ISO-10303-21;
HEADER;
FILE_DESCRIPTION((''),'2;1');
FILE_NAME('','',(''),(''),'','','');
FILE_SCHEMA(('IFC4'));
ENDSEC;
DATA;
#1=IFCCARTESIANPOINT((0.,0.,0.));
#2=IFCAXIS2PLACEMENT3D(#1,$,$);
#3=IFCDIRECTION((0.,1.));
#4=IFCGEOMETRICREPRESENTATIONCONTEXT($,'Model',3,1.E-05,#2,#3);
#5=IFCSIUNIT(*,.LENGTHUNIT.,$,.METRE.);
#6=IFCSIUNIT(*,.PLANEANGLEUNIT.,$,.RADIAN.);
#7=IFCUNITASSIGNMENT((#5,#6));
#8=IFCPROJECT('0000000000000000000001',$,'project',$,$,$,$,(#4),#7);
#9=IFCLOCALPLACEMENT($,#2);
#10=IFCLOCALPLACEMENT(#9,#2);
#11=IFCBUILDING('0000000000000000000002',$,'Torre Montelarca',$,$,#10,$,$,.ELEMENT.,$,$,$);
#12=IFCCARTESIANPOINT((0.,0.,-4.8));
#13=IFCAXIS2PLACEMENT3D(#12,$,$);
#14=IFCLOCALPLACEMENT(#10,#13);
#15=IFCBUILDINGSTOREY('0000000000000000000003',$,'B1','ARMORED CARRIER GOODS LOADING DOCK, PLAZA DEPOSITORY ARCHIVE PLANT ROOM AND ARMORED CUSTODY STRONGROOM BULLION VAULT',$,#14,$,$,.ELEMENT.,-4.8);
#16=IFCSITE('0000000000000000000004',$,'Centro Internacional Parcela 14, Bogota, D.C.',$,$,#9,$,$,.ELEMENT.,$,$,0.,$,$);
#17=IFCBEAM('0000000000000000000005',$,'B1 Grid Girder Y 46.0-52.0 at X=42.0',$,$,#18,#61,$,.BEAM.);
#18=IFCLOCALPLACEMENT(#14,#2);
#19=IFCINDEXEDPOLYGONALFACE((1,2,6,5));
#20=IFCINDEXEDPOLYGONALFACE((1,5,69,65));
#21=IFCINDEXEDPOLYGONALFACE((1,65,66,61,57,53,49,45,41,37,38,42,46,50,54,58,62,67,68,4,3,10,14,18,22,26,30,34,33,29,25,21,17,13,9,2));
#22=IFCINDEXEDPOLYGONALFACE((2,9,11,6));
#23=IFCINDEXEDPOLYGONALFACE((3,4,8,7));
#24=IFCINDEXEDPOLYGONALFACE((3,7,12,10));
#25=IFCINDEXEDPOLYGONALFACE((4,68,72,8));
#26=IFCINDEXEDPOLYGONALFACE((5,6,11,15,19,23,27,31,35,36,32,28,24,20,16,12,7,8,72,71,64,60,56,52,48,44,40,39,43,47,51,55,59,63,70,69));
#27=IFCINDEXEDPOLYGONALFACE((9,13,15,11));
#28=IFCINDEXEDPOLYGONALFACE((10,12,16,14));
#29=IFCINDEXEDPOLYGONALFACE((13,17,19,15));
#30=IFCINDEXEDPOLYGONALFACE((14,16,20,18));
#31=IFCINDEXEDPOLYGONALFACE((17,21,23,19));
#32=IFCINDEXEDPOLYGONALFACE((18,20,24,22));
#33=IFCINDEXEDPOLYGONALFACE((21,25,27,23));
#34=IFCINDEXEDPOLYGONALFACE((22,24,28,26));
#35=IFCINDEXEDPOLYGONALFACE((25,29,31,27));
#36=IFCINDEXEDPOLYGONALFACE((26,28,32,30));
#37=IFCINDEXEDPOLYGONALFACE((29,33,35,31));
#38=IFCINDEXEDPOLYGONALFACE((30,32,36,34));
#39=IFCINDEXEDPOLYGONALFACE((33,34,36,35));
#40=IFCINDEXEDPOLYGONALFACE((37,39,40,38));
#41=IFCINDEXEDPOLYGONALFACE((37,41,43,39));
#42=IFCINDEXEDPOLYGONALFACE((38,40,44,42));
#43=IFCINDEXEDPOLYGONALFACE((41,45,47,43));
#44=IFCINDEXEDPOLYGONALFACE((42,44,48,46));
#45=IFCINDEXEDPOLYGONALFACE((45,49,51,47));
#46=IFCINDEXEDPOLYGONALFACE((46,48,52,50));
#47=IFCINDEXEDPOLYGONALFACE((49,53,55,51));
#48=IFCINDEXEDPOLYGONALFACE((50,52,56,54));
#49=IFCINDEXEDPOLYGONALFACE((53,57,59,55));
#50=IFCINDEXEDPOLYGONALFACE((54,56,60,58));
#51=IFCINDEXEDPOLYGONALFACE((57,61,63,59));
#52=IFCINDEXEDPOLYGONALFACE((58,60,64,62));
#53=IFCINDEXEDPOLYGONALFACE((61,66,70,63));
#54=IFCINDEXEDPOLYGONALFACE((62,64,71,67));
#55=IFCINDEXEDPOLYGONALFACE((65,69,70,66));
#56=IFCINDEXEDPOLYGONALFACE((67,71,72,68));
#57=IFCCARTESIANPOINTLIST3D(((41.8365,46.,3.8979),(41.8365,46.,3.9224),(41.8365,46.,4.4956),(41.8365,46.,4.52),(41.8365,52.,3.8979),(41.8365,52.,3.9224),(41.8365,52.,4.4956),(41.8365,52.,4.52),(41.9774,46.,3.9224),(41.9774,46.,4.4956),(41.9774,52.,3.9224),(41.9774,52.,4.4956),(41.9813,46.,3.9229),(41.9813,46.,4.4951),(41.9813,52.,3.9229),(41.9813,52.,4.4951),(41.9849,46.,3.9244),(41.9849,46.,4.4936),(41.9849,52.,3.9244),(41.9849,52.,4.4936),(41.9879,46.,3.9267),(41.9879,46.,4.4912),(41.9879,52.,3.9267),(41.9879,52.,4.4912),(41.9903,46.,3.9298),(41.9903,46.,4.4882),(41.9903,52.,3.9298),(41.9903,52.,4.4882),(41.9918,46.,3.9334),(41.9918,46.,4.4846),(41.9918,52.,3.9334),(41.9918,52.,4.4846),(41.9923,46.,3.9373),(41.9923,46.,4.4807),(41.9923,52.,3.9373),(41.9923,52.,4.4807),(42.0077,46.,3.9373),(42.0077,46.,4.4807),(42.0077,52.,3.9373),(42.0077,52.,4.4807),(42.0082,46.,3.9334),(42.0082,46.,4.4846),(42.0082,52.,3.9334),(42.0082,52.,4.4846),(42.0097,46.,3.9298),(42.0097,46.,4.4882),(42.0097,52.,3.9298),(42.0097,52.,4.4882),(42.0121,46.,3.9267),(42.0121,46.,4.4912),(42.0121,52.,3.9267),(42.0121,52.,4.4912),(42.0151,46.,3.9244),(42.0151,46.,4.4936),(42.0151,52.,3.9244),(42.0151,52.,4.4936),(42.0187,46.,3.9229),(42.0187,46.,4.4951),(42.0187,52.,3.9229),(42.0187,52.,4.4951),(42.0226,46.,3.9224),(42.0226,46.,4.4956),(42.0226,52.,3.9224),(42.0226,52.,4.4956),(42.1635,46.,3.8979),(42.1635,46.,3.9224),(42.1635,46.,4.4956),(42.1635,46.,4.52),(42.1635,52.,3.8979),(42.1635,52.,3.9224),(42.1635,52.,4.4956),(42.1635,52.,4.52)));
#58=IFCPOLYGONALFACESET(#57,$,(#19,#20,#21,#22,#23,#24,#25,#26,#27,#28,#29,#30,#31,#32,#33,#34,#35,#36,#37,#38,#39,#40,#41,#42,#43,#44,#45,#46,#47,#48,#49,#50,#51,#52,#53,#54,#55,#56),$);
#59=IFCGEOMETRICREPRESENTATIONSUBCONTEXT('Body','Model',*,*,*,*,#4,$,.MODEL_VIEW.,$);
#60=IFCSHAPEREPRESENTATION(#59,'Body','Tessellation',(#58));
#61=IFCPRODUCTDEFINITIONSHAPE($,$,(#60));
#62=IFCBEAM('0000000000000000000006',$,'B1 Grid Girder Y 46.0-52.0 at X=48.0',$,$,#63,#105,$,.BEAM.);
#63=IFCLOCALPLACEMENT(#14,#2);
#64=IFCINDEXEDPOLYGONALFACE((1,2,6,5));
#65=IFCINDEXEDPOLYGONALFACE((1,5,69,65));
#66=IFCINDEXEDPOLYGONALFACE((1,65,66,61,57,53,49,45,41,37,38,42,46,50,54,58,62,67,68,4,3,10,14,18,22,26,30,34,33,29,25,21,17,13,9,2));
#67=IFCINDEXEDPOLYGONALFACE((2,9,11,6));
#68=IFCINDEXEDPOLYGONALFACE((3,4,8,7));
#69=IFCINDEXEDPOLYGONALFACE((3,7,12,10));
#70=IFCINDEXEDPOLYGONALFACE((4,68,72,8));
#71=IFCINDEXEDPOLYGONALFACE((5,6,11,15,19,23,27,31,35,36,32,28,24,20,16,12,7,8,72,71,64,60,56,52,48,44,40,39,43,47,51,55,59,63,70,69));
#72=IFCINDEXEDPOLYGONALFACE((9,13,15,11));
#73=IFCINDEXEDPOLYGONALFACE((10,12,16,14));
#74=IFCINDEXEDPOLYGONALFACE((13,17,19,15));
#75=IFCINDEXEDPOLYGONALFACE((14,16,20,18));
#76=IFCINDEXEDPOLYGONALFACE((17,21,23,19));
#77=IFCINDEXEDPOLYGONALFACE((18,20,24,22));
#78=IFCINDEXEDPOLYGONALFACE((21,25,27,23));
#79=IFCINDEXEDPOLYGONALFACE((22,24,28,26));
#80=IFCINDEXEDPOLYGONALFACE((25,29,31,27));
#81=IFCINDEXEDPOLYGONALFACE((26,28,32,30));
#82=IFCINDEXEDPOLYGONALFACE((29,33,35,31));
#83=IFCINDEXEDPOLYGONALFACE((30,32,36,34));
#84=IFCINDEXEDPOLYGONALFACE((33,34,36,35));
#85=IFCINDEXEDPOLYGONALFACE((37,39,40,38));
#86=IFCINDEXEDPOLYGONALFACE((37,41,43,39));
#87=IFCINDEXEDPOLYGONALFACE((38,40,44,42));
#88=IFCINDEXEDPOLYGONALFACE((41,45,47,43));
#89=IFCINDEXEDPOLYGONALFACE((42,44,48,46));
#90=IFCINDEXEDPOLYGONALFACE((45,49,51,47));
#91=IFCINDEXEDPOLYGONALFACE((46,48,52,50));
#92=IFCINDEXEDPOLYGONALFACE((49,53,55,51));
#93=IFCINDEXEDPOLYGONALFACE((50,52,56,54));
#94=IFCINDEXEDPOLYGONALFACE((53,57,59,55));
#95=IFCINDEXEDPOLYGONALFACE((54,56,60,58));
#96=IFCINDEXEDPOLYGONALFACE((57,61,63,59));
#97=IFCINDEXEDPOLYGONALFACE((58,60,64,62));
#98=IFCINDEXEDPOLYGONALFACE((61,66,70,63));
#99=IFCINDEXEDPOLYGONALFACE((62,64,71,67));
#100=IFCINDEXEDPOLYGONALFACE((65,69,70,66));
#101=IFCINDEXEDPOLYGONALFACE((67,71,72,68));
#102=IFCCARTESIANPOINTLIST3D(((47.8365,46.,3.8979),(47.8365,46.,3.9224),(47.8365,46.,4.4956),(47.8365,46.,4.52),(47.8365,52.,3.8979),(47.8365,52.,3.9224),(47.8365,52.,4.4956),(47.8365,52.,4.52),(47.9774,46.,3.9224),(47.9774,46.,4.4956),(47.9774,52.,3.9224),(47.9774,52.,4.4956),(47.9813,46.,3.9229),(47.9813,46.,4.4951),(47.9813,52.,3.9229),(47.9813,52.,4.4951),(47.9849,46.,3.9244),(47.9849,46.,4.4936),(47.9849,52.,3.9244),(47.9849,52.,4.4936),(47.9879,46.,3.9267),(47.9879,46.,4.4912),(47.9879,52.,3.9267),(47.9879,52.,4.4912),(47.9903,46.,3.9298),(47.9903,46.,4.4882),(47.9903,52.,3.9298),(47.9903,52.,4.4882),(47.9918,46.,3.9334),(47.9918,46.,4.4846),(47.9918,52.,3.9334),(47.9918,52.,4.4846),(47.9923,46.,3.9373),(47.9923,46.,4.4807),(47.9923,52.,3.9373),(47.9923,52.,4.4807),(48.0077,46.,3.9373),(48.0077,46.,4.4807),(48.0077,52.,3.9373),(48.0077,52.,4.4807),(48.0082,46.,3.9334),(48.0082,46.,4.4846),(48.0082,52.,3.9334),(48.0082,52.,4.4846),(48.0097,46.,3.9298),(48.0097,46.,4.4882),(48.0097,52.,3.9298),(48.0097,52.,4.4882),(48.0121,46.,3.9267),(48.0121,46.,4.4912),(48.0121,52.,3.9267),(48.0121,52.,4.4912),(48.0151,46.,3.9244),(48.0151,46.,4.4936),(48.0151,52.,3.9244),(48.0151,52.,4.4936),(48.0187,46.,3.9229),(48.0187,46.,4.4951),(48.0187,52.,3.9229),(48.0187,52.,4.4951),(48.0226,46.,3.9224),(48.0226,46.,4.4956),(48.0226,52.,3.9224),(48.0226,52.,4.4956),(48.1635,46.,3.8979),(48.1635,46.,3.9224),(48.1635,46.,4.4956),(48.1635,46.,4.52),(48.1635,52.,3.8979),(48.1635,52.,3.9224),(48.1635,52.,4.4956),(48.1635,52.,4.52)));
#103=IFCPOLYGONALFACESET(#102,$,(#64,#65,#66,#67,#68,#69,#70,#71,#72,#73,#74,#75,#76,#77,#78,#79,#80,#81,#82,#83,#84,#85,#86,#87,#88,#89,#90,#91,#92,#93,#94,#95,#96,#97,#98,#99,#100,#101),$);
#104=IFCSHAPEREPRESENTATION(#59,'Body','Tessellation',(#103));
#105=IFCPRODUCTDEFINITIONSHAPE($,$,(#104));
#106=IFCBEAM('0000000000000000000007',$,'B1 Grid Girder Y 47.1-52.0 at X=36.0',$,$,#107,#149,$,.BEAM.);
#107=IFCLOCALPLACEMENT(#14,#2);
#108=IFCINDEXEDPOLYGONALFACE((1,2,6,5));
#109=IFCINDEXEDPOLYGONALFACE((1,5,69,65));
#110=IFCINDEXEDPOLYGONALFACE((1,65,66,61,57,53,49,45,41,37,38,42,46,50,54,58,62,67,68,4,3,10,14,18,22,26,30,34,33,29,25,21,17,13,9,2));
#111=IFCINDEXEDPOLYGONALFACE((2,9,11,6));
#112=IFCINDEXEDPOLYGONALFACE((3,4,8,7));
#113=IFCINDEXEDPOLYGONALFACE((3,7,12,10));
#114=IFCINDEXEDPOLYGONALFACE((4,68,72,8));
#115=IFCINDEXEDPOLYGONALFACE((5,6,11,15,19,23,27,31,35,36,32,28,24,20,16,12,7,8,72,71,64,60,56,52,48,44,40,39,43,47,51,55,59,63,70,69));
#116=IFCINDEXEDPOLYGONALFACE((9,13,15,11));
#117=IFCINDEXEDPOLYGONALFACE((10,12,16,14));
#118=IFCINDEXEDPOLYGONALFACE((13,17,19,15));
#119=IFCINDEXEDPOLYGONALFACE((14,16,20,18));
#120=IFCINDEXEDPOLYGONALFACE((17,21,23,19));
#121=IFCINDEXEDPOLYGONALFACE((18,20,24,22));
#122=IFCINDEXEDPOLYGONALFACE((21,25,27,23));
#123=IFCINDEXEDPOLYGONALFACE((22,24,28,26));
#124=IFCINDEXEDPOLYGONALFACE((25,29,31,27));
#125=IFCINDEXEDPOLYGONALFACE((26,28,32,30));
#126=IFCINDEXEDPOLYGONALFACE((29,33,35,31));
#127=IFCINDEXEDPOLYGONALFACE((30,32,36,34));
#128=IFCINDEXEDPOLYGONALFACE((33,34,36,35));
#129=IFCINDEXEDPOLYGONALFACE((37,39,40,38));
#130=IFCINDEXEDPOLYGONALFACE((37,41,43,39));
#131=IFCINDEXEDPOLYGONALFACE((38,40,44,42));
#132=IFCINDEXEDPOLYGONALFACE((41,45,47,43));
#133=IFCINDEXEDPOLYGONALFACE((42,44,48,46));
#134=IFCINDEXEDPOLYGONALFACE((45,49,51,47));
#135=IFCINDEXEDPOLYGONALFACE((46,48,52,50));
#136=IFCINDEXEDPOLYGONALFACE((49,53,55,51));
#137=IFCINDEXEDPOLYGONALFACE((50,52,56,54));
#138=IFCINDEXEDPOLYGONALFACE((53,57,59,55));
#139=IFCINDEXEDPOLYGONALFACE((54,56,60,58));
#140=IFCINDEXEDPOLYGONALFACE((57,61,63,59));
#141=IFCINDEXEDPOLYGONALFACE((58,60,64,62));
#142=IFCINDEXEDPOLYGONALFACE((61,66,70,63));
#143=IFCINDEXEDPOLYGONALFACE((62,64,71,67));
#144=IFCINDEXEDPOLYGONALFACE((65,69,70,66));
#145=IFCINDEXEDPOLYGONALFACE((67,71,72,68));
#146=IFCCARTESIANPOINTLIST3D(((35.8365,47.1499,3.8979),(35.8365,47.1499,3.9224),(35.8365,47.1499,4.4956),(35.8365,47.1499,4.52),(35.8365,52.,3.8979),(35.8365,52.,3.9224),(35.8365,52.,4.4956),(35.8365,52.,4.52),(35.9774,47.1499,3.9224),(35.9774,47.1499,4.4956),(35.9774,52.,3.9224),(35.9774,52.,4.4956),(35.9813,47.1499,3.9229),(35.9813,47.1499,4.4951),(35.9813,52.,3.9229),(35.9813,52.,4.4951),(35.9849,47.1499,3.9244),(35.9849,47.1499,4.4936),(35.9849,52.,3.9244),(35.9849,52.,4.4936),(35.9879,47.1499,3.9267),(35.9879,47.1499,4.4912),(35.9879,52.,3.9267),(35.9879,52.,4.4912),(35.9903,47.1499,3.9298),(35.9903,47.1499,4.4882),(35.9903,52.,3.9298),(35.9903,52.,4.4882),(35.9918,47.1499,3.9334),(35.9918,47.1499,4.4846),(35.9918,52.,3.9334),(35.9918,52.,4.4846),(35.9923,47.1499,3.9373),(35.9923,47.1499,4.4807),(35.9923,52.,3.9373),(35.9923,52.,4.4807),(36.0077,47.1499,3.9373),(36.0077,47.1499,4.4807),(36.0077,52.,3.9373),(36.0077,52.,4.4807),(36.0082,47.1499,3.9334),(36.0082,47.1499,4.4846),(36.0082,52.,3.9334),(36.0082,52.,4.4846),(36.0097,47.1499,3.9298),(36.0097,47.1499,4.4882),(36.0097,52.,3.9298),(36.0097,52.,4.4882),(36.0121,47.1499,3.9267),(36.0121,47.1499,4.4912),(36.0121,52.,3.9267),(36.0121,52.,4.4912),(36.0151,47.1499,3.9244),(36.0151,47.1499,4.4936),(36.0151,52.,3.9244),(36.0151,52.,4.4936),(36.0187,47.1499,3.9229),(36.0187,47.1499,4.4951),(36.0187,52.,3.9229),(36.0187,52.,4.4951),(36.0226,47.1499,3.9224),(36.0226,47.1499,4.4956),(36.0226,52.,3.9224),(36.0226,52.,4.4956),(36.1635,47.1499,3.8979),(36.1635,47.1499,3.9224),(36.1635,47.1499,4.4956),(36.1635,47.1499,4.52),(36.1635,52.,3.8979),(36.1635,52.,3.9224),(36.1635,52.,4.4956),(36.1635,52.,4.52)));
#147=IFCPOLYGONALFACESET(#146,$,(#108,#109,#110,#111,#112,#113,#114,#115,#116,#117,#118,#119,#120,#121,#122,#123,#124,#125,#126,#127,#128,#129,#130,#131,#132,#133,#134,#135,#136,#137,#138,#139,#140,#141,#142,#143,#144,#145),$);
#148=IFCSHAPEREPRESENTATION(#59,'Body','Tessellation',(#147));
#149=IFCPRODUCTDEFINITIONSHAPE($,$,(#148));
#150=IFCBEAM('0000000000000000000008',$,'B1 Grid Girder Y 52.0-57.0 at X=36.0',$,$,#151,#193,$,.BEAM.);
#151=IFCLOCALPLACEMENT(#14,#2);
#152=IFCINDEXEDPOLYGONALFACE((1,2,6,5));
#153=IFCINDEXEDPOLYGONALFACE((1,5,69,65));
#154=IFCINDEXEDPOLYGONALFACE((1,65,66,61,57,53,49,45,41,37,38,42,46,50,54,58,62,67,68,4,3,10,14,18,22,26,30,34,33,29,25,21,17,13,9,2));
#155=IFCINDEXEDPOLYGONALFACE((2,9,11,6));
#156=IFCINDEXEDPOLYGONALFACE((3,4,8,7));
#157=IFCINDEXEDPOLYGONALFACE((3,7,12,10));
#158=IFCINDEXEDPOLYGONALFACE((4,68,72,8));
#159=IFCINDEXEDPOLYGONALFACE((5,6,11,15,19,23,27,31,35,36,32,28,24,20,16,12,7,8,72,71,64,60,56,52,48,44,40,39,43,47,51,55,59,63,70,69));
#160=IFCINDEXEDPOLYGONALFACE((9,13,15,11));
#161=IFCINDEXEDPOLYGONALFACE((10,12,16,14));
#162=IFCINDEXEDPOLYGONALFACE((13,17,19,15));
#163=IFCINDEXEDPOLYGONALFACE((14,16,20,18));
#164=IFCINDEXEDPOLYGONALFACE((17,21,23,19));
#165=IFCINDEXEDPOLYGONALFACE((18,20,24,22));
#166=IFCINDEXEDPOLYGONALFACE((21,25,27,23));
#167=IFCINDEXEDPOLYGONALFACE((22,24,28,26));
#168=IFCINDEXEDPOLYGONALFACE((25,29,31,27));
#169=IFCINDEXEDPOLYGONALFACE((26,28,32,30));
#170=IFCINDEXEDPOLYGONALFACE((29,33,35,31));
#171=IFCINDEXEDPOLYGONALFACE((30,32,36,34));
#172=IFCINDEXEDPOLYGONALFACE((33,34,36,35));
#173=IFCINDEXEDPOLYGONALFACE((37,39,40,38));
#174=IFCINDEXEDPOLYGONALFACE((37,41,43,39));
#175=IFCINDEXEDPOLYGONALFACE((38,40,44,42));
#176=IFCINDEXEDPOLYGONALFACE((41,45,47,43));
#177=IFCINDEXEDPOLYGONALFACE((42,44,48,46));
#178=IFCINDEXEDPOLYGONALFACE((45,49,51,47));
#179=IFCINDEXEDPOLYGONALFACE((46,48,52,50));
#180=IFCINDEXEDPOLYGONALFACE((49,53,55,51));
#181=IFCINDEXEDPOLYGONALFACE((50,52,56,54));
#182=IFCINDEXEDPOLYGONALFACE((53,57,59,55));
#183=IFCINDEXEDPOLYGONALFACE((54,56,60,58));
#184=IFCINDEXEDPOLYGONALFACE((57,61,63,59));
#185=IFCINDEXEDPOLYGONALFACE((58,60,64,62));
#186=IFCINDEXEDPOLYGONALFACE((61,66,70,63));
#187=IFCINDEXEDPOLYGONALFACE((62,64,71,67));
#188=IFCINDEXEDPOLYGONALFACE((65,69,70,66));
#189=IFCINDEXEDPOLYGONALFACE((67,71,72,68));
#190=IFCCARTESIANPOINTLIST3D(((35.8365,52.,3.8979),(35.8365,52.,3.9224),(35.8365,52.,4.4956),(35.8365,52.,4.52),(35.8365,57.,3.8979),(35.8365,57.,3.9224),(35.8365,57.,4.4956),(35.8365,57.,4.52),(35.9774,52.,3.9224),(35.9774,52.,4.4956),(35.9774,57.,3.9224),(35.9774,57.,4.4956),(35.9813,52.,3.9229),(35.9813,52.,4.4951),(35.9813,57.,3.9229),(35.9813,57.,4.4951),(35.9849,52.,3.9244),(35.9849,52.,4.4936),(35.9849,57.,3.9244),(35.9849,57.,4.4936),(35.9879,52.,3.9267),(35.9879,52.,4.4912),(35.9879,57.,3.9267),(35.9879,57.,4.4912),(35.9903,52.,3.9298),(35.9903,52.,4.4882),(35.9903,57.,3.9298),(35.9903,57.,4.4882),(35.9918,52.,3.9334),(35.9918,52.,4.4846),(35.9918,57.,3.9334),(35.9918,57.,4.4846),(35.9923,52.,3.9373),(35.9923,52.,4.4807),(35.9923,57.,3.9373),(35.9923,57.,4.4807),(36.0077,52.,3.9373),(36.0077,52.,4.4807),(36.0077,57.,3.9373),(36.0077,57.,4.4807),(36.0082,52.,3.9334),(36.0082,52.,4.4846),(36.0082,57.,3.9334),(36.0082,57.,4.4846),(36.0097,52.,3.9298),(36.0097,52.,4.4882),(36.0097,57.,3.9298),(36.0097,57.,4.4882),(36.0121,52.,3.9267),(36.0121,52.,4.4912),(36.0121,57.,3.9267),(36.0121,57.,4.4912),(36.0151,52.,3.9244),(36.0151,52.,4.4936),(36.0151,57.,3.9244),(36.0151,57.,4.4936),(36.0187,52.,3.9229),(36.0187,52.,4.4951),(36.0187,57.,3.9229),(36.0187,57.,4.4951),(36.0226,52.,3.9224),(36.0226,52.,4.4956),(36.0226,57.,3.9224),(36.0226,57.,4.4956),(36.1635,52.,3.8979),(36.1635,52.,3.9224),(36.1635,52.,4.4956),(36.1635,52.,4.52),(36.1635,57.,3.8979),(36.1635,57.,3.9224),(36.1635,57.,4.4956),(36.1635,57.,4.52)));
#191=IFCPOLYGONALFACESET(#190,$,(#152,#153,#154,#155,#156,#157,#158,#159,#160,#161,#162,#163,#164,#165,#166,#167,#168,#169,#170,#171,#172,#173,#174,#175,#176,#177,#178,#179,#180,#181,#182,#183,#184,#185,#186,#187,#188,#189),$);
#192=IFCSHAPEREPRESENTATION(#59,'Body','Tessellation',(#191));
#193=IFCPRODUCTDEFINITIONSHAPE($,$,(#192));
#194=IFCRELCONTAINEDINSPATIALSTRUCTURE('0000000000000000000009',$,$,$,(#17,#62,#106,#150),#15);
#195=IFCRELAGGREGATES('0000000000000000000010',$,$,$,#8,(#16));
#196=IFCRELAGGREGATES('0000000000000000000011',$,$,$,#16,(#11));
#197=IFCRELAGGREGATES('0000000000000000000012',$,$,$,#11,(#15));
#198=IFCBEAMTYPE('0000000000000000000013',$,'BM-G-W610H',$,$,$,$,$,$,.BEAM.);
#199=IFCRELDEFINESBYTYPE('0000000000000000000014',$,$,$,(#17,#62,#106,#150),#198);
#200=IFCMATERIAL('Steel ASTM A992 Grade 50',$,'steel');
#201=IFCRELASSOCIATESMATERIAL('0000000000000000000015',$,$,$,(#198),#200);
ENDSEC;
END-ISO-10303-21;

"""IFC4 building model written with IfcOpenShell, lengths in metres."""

from ifc_helpers import new_model, si_unit, direction, frame, origin, origin_2d, place, context, subcontext, project, spatial, i_section, extrude, source, transform, mapped, material, material_profile, profile_set, type_object, element, save


model = new_model("IFC4")

# Units and contexts
model_context = context("Model", 3, precision=1e-05, world=origin(), true_north=direction((0.0, 1.0)))
body_context = subcontext(model_context, "Body", "Model", "MODEL_VIEW")
ifc_project = project(units=[si_unit("LENGTHUNIT", "METRE"), si_unit("PLANEANGLEUNIT", "RADIAN")], contexts=[model_context])

# Site, building, storey
site_placement = place(None, origin())
site = spatial("IfcSite", under=ifc_project, at=site_placement, Name="Centro Internacional Parcela 14, Bogota, D.C.", CompositionType="ELEMENT", RefElevation=0.0)
building_placement = place(site_placement, origin())
building = spatial("IfcBuilding", under=site, at=building_placement, Name="Torre Montelarca", CompositionType="ELEMENT")
storey_placement = place(building_placement, frame((0.0, 0.0, -4.8)))
storey = spatial("IfcBuildingStorey", under=building, at=storey_placement, Name="B1", Description="ARMORED CARRIER GOODS LOADING DOCK, PLAZA DEPOSITORY ARCHIVE PLANT ROOM AND ARMORED CUSTODY STRONGROOM BULLION VAULT", CompositionType="ELEMENT", Elevation=-4.8)

# Beams
ifc_material_1 = material(Name="Steel ASTM A992 Grade 50", Category="steel")
ifc_material_profile_1 = material_profile(ifc_material_1, i_section(OverallWidth=0.3269, OverallDepth=0.6221, WebThickness=0.0154, FlangeThickness=0.0244, FilletRadius=0.0149, at=origin_2d()), Name="W610X195", Category="steel")
ifc_profile_set_1 = profile_set([ifc_material_profile_1], Name="Steel ASTM A992 Grade 50")
beam_type_1 = type_object("IfcBeamType", Name="BM-G-W610H", PredefinedType="BEAM", material=ifc_profile_set_1)
shared_shape_1 = source(origin(), body_context, "Body", "SweptSolid", [
    extrude(i_section(OverallWidth=0.3269, OverallDepth=0.6221, WebThickness=0.0154, FlangeThickness=0.0244, FilletRadius=0.0149, at=origin_2d()), origin(), (0.0, 0.0, 1.0), 6.0),
])
for number, where, z_axis, x_axis, name in (
    (1, (42.0, 46.0, 4.209), (0.0, 1.0, 0.0), (-1.0, 0.0, 0.0), "B1 Grid Girder Y 46.0-52.0 at X=42.0"),
    (2, (48.0, 46.0, 4.209), (0.0, 1.0, 0.0), (-1.0, 0.0, 0.0), "B1 Grid Girder Y 46.0-52.0 at X=48.0"),
):
    element("IfcBeam", number, at=place(storey_placement, frame(where, z_axis=z_axis, x_axis=x_axis)), inside=storey, type_object=beam_type_1, Name=name, PredefinedType="BEAM", context=body_context, shape_type="MappedRepresentation", body=[
        mapped(shared_shape_1, transform((0.0, 0.0, 0.0), scale=1.0)),
    ])
shared_shape_2 = source(origin(), body_context, "Body", "SweptSolid", [
    extrude(i_section(OverallWidth=0.3269, OverallDepth=0.6221, WebThickness=0.0154, FlangeThickness=0.0244, FilletRadius=0.0149, at=origin_2d()), origin(), (0.0, 0.0, 1.0), 4.8501),
])
beam_placement = place(storey_placement, frame((36.0, 47.1499, 4.209), z_axis=(0.0, 1.0, 0.0), x_axis=(-1.0, 0.0, 0.0)))
element("IfcBeam", 3, at=beam_placement, inside=storey, type_object=beam_type_1, Name="B1 Grid Girder Y 47.1-52.0 at X=36.0", PredefinedType="BEAM", context=body_context, shape_type="MappedRepresentation", body=[
    mapped(shared_shape_2, transform((0.0, 0.0, 0.0), scale=1.0)),
])
shared_shape_3 = source(origin(), body_context, "Body", "SweptSolid", [
    extrude(i_section(OverallWidth=0.3269, OverallDepth=0.6221, WebThickness=0.0154, FlangeThickness=0.0244, FilletRadius=0.0149, at=origin_2d()), origin(), (0.0, 0.0, 1.0), 5.0),
])
for number, where, z_axis, x_axis, name in (
    (4, (36.0, 52.0, 4.209), (0.0, 1.0, 0.0), (-1.0, 0.0, 0.0), "B1 Grid Girder Y 52.0-57.0 at X=36.0"),
):
    element("IfcBeam", number, at=place(storey_placement, frame(where, z_axis=z_axis, x_axis=x_axis)), inside=storey, type_object=beam_type_1, Name=name, PredefinedType="BEAM", context=body_context, shape_type="MappedRepresentation", body=[
        mapped(shared_shape_3, transform((0.0, 0.0, 0.0), scale=1.0)),
    ])

save(model, "model.ifc")
